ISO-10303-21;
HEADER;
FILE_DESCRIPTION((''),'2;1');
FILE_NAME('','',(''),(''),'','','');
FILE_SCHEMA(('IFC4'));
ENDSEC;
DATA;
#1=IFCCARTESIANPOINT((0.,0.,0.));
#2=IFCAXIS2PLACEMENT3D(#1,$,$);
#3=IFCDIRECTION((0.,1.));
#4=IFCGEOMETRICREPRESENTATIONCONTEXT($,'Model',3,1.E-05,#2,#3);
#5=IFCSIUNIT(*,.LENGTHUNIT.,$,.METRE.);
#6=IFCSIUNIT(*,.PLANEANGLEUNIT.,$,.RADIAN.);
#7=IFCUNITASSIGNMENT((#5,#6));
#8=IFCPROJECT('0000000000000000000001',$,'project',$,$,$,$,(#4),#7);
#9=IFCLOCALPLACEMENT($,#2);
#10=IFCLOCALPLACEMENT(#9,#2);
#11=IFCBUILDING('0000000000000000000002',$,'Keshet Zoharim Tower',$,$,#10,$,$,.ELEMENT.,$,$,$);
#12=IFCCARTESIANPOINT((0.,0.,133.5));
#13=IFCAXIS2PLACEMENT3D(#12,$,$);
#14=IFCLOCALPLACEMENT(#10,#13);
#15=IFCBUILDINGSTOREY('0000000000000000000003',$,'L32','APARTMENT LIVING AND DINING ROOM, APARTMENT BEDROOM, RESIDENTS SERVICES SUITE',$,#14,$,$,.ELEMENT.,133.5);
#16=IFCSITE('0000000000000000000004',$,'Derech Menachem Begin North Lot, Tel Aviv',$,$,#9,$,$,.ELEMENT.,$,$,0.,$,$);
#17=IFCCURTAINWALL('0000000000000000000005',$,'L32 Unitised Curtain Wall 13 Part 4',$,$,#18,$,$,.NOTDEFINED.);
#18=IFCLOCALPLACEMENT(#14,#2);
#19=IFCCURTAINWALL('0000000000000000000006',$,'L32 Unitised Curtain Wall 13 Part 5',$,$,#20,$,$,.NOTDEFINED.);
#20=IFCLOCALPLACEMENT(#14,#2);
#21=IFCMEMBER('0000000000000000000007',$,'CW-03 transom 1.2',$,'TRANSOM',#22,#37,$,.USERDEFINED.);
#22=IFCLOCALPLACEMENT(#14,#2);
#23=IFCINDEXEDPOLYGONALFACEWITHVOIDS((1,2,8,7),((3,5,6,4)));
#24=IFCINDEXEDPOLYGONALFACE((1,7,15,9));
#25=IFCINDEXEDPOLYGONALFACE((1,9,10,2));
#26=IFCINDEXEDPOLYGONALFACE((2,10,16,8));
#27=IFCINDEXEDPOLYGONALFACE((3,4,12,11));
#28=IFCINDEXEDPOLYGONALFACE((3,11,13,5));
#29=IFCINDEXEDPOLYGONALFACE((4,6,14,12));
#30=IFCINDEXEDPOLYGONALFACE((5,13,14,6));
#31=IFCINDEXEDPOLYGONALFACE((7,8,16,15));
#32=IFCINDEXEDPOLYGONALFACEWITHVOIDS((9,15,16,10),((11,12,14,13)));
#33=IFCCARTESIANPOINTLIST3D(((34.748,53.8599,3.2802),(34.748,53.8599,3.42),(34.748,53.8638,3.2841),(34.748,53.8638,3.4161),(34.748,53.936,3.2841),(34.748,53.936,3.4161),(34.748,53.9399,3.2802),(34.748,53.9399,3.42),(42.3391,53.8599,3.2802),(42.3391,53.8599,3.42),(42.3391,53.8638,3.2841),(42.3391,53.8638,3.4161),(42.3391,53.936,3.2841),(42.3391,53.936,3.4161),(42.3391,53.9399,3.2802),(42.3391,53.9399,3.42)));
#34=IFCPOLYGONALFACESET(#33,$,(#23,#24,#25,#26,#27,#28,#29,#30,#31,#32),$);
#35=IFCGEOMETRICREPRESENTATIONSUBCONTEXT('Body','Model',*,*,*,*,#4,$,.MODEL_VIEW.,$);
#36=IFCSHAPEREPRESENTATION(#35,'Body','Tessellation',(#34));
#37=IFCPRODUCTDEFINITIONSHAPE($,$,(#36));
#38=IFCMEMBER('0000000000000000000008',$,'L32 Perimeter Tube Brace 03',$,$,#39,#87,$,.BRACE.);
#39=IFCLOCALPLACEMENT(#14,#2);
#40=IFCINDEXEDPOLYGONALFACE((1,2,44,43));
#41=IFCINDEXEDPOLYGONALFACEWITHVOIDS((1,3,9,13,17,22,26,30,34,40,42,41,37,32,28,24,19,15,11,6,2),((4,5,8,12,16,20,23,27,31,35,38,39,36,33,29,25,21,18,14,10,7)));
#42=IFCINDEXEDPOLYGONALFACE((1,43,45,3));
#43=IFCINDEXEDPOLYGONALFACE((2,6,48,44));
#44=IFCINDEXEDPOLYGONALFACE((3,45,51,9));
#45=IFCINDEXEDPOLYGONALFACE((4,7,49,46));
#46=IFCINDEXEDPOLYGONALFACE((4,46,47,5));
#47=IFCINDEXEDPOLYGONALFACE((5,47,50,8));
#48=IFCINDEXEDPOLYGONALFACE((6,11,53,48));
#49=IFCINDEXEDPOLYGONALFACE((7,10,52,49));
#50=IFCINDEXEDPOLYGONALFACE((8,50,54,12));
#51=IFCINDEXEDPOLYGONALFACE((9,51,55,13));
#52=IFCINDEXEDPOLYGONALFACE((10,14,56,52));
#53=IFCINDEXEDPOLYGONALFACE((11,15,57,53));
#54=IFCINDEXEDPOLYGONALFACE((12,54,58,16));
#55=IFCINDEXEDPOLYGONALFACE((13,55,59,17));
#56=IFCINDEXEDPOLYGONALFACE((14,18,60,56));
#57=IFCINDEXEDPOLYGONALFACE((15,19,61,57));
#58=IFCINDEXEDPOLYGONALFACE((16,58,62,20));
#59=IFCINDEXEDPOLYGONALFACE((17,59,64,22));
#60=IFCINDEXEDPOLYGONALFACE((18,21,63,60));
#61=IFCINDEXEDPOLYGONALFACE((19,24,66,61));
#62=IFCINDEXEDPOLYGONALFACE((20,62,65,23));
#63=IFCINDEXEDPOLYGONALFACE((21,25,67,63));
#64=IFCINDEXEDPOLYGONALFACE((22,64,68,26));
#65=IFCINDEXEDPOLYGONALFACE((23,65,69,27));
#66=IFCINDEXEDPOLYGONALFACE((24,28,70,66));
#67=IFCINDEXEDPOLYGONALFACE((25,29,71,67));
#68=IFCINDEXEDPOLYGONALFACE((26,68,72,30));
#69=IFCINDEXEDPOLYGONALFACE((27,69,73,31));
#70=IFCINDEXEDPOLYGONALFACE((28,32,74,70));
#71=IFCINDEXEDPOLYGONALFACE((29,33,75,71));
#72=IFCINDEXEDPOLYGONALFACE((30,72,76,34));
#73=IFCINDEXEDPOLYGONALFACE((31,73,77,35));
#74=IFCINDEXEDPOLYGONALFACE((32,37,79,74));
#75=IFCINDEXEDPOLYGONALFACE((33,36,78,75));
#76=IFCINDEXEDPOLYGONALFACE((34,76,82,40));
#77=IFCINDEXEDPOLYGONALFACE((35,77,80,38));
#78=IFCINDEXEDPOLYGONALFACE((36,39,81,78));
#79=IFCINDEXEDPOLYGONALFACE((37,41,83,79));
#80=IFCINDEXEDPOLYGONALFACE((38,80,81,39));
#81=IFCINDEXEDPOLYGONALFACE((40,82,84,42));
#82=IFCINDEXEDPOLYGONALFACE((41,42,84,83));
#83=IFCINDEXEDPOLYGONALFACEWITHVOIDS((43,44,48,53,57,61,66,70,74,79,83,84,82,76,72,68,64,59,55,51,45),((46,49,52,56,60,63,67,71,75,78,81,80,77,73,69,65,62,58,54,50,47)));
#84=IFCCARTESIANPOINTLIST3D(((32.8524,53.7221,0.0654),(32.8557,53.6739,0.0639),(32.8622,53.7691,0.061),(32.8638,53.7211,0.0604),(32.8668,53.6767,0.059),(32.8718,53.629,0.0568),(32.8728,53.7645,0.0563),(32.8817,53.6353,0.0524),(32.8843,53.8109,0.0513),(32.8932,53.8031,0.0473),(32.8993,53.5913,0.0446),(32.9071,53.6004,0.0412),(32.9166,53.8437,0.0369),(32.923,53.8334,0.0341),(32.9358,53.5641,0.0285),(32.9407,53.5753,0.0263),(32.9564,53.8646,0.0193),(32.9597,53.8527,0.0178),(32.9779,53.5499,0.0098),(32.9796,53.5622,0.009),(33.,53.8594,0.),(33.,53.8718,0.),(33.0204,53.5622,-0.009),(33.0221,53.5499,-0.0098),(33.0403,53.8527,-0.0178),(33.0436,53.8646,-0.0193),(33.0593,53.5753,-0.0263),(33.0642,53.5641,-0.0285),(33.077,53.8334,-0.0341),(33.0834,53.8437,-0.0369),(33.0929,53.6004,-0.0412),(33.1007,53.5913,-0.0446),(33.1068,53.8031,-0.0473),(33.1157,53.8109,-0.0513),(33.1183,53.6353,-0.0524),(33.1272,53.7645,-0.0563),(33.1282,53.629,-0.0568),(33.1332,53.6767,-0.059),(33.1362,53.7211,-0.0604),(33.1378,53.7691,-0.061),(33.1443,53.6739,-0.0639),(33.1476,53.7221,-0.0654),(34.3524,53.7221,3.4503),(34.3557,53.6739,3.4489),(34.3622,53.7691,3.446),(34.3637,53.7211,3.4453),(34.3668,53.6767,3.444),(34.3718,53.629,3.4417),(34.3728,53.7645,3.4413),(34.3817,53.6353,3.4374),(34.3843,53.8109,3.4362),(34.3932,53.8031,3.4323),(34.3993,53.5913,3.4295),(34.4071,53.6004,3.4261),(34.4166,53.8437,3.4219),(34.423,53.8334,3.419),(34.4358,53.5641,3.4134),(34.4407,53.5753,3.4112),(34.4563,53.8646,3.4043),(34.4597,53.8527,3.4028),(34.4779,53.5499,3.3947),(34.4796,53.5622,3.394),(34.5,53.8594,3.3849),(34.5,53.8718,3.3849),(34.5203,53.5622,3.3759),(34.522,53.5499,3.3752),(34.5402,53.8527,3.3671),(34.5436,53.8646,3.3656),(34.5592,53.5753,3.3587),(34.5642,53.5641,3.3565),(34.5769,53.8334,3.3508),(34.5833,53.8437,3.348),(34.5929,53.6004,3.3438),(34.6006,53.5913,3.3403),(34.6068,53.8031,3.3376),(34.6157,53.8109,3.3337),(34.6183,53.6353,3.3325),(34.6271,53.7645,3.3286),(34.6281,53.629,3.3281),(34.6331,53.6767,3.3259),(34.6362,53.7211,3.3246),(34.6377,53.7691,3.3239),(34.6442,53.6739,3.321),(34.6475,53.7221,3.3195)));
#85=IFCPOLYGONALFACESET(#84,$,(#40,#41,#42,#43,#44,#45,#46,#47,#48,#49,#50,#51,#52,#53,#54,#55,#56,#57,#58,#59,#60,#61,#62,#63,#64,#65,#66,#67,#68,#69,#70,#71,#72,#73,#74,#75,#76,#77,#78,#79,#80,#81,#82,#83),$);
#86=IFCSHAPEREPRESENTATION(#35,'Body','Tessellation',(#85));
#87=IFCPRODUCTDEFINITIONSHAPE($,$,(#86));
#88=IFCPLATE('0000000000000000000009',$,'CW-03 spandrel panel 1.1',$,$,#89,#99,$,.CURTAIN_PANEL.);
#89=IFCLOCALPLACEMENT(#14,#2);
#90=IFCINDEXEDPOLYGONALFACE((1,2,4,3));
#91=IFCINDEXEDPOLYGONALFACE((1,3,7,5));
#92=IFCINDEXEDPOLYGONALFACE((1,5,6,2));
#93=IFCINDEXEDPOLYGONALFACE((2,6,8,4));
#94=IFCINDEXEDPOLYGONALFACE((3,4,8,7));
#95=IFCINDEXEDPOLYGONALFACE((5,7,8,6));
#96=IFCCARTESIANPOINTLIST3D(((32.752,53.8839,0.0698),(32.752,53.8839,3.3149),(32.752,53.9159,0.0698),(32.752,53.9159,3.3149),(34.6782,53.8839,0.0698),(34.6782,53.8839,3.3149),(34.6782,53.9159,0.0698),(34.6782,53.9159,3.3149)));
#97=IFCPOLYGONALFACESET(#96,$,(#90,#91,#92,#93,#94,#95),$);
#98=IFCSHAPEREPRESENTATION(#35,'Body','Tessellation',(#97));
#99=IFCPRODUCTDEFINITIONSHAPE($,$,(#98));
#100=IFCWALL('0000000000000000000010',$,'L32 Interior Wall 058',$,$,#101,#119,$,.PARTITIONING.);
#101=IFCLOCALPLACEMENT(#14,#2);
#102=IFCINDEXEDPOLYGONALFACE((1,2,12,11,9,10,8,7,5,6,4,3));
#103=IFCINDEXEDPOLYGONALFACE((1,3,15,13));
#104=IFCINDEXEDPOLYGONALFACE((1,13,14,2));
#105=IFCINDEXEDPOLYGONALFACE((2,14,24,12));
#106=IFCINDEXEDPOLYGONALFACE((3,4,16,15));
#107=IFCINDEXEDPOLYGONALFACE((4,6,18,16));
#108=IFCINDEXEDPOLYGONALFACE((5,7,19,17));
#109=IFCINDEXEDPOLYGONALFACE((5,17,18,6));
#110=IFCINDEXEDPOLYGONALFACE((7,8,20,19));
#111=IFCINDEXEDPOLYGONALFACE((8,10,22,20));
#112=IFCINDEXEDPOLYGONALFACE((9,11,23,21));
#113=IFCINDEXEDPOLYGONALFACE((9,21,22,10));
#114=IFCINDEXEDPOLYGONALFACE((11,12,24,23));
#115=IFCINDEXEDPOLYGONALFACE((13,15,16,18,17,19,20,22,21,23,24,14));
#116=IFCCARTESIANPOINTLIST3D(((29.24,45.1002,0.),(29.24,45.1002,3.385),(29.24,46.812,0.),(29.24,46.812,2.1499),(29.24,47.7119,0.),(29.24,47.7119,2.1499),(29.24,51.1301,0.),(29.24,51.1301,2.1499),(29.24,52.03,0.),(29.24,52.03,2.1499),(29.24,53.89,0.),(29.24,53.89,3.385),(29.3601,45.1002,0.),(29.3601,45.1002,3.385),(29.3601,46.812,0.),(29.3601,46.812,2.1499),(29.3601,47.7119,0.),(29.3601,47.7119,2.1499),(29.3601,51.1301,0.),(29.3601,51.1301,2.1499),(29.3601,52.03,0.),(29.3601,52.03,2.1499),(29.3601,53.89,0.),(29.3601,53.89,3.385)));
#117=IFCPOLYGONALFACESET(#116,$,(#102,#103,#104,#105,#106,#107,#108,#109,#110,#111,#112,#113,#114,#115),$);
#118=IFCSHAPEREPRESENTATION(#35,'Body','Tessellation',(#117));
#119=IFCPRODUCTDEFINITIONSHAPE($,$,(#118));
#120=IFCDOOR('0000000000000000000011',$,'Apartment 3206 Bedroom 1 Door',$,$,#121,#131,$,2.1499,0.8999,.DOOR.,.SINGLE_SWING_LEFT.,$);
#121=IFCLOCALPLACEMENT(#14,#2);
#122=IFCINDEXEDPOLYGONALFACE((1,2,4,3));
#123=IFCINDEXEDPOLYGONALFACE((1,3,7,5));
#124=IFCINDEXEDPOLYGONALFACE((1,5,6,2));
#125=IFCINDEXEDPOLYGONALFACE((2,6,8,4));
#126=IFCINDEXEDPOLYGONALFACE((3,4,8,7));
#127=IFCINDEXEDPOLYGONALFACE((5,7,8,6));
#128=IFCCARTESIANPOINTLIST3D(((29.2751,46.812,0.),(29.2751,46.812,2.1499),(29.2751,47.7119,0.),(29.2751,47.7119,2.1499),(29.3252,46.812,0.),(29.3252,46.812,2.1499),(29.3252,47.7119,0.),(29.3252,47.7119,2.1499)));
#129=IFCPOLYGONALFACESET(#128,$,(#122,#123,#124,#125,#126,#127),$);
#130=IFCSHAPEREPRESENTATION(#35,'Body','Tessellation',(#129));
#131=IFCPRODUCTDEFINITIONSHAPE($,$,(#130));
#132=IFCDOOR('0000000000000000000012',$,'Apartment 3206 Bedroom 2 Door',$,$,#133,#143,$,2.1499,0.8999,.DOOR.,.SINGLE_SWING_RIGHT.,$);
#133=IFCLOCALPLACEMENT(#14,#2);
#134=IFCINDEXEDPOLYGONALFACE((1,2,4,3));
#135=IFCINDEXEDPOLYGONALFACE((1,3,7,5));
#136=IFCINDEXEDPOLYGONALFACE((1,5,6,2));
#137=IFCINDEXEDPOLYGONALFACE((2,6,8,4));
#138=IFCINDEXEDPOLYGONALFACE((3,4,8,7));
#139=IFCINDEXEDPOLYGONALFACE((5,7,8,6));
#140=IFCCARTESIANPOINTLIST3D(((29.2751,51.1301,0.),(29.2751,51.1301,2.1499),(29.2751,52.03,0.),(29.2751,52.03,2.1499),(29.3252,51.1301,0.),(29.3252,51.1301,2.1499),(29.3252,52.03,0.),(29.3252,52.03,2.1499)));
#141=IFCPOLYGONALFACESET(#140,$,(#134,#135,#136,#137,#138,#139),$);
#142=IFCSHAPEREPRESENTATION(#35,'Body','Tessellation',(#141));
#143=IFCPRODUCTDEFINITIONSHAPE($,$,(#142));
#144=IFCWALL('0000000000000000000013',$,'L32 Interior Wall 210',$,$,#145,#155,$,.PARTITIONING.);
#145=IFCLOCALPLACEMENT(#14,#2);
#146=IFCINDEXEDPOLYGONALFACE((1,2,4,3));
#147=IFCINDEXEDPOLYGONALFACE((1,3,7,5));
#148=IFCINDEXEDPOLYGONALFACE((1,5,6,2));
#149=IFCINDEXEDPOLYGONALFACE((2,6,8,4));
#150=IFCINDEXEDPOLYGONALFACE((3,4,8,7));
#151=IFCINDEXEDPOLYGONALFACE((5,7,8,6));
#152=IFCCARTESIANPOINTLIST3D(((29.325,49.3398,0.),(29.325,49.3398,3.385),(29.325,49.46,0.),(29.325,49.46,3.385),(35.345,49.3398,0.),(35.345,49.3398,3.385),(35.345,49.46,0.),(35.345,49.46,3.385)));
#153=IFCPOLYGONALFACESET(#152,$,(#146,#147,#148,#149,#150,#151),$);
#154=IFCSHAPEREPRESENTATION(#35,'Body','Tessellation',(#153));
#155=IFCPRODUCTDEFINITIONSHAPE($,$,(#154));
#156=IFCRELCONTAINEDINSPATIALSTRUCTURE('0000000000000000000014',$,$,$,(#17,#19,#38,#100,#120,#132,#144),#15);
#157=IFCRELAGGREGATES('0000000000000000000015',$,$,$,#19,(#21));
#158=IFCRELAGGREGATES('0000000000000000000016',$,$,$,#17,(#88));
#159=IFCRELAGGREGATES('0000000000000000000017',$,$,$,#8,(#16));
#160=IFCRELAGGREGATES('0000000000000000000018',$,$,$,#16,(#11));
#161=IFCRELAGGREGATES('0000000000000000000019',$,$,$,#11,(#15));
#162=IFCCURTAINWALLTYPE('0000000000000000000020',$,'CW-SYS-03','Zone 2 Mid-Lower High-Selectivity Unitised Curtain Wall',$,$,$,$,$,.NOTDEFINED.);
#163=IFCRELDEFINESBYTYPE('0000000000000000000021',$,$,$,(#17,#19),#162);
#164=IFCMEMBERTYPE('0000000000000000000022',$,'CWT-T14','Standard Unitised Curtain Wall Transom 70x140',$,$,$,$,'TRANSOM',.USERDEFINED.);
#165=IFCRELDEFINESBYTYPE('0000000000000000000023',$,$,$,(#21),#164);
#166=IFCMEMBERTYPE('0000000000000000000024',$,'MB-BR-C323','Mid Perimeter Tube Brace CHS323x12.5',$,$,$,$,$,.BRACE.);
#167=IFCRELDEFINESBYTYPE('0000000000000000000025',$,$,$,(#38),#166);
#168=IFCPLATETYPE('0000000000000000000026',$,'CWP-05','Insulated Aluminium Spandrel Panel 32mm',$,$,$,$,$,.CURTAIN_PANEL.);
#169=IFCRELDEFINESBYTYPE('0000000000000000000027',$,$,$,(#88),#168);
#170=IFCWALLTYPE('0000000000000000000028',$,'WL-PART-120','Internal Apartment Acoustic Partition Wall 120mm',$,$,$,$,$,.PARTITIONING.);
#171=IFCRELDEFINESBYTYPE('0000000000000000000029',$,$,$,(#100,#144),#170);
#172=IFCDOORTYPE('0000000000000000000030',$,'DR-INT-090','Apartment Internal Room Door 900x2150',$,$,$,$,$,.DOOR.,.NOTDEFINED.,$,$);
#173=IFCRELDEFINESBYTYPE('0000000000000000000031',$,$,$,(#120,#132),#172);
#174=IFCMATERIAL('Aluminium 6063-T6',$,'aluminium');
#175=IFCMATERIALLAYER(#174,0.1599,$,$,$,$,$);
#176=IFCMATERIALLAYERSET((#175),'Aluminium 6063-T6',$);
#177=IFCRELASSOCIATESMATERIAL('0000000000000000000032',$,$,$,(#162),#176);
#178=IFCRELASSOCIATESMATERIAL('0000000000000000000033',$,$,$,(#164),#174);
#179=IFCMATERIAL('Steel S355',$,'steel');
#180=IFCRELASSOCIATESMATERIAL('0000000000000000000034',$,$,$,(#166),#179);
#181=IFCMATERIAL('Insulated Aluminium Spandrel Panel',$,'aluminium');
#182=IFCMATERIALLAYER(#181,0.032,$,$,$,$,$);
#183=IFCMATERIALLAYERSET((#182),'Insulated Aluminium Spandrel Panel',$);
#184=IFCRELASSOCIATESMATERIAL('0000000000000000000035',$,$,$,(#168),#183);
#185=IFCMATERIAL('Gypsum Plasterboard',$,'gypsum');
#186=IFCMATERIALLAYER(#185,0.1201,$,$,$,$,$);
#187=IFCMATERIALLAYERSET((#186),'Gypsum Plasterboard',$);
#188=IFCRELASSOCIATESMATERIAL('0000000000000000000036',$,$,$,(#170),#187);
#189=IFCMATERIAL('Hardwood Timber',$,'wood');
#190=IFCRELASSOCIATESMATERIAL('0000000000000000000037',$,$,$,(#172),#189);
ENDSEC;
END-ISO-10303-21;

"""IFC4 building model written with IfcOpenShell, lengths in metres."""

from ifc_helpers import new_model, si_unit, direction, frame, frame_2d, origin, origin_2d, place, context, subcontext, project, spatial, rectangle, hollow_rectangle, hollow_circle, extrude, material, layer, layer_set, material_profile, profile_set, type_object, element, fill, aggregate, save


model = new_model("IFC4")

# Units and contexts
model_context = context("Model", 3, precision=1e-05, world=origin(), true_north=direction((0.0, 1.0)))
body_context = subcontext(model_context, "Body", "Model", "MODEL_VIEW")
ifc_project = project(units=[si_unit("LENGTHUNIT", "METRE"), si_unit("PLANEANGLEUNIT", "RADIAN")], contexts=[model_context])

# Site, building, storey
site_placement = place(None, origin())
site = spatial("IfcSite", under=ifc_project, at=site_placement, Name="Derech Menachem Begin North Lot, Tel Aviv", CompositionType="ELEMENT", RefElevation=0.0)
building_placement = place(site_placement, origin())
building = spatial("IfcBuilding", under=site, at=building_placement, Name="Keshet Zoharim Tower", CompositionType="ELEMENT")
storey_placement = place(building_placement, frame((0.0, 0.0, 133.5)))
storey = spatial("IfcBuildingStorey", under=building, at=storey_placement, Name="L32", Description="APARTMENT LIVING AND DINING ROOM, APARTMENT BEDROOM, RESIDENTS SERVICES SUITE", CompositionType="ELEMENT", Elevation=133.5)

# Shared definitions
ifc_material_1 = material(Name="Steel S355", Category="steel")

# Shared definitions
ifc_material_2 = material(Name="Aluminium 6063-T6", Category="aluminium")
ifc_layer_1 = layer(ifc_material_2, 0.1599)
ifc_layer_set_1 = layer_set([ifc_layer_1], Name="Aluminium 6063-T6")
curtain_wall_type = type_object("IfcCurtainWallType", Name="CW-SYS-03", Description="Zone 2 Mid-Lower High-Selectivity Unitised Curtain Wall", PredefinedType="NOTDEFINED", material=ifc_layer_set_1)

# Curtain walls, member
curtain_wall_1_placement = place(storey_placement, origin())
curtain_wall_1 = element("IfcCurtainWall", 1, at=curtain_wall_1_placement, inside=storey, type_object=curtain_wall_type, Name="L32 Unitised Curtain Wall 13 Part 4", PredefinedType="NOTDEFINED")
ifc_material_profile_1 = material_profile(ifc_material_2, hollow_rectangle(XDim=0.0801, YDim=0.1399, WallThickness=0.0039, at=origin_2d()), Name="TRN-80x140")
ifc_profile_set_1 = profile_set([ifc_material_profile_1], Name="Aluminium 6063-T6")
member_type_1 = type_object("IfcMemberType", Name="CWT-T14", Description="Standard Unitised Curtain Wall Transom 70x140", ElementType="TRANSOM", PredefinedType="USERDEFINED", material=ifc_profile_set_1)
curtain_wall_2_placement = place(storey_placement, origin())
curtain_wall_2 = element("IfcCurtainWall", 2, at=curtain_wall_2_placement, inside=storey, type_object=curtain_wall_type, Name="L32 Unitised Curtain Wall 13 Part 5", PredefinedType="NOTDEFINED")
member_1_placement = place(storey_placement, frame((34.748, 53.8999, 3.3501), z_axis=(1.0, 0.0, 0.0), x_axis=(0.0, 1.0, 0.0)))
member_1 = element("IfcMember", 3, at=member_1_placement, type_object=member_type_1, Name="CW-03 transom 1.2", ObjectType="TRANSOM", PredefinedType="USERDEFINED", context=body_context, shape_type="SweptSolid", body=[
    extrude(hollow_rectangle(XDim=0.0801, YDim=0.1399, WallThickness=0.0039, at=origin_2d()), origin(), (0.0, 0.0, 1.0), 7.5911),
])
aggregate(curtain_wall_2, [member_1])

# Member
ifc_material_profile_2 = material_profile(ifc_material_1, hollow_circle(Radius=0.1619, WallThickness=0.0125, at=origin_2d()), Name="CHS323x12.5")
ifc_profile_set_2 = profile_set([ifc_material_profile_2], Name="Steel S355")
member_type_2 = type_object("IfcMemberType", Name="MB-BR-C323", Description="Mid Perimeter Tube Brace CHS323x12.5", PredefinedType="BRACE", material=ifc_profile_set_2)
member_2_placement = place(storey_placement, frame((33.0, 53.71, 0.0), z_axis=(0.405135, 0.0, 0.914257), x_axis=(0.0, 1.0, 0.0)))
element("IfcMember", 4, at=member_2_placement, inside=storey, type_object=member_type_2, Name="L32 Perimeter Tube Brace 03", PredefinedType="BRACE", context=body_context, shape_type="SweptSolid", body=[
    extrude(hollow_circle(Radius=0.1619, WallThickness=0.0125, at=origin_2d()), origin(), (0.0, 0.0, 1.0), 3.7024),
])

# Plate
ifc_material_3 = material(Name="Insulated Aluminium Spandrel Panel", Category="aluminium")
ifc_layer_2 = layer(ifc_material_3, 0.032)
ifc_layer_set_2 = layer_set([ifc_layer_2], Name="Insulated Aluminium Spandrel Panel")
plate_type = type_object("IfcPlateType", Name="CWP-05", Description="Insulated Aluminium Spandrel Panel 32mm", PredefinedType="CURTAIN_PANEL", material=ifc_layer_set_2)
plate_placement = place(storey_placement, frame((33.7151, 53.8999, 0.0698), z_axis=(0.0, 0.0, 1.0), x_axis=(1.0, 0.0, 0.0)))
plate = element("IfcPlate", 5, at=plate_placement, type_object=plate_type, Name="CW-03 spandrel panel 1.1", PredefinedType="CURTAIN_PANEL", context=body_context, shape_type="SweptSolid", body=[
    extrude(rectangle(XDim=1.9263, YDim=0.032, at=origin_2d()), origin(), (0.0, 0.0, 1.0), 3.2451),
])
aggregate(curtain_wall_1, [plate])

# Wall, openings, doors
ifc_material_4 = material(Name="Gypsum Plasterboard", Category="gypsum")
ifc_layer_3 = layer(ifc_material_4, 0.1201)
ifc_layer_set_3 = layer_set([ifc_layer_3], Name="Gypsum Plasterboard")
wall_type_1 = type_object("IfcWallType", Name="WL-PART-120", Description="Internal Apartment Acoustic Partition Wall 120mm", PredefinedType="PARTITIONING", material=ifc_layer_set_3)
wall_1_placement = place(storey_placement, frame((29.3, 45.1001, 0.0), z_axis=(0.0, 0.0, 1.0), x_axis=(0.0, 1.0, 0.0)))
wall_1 = element("IfcWall", 6, at=wall_1_placement, inside=storey, type_object=wall_type_1, Name="L32 Interior Wall 058", PredefinedType="PARTITIONING", context=body_context, shape_type="SweptSolid", body=[
    extrude(rectangle(XDim=8.7898, YDim=0.1201, at=frame_2d((4.395, 0.0))), origin(), (0.0, 0.0, 1.0), 3.385),
])
opening_1_placement = place(wall_1_placement, frame((1.7119, 0.0, 0.0)))
opening_1 = element("IfcOpeningElement", 7, at=opening_1_placement, cuts=wall_1, PredefinedType="OPENING", context=body_context, shape_type="SweptSolid", body=[
    extrude(rectangle(XDim=0.8999, YDim=2.1499, at=frame_2d((0.45, 1.075))), frame((0.0, 0.0701, 0.0), z_axis=(0.0, -1.0, 0.0), x_axis=(1.0, 0.0, 0.0)), (0.0, 0.0, 1.0), 0.1401),
])
opening_2_placement = place(wall_1_placement, frame((6.03, 0.0, 0.0)))
opening_2 = element("IfcOpeningElement", 8, at=opening_2_placement, cuts=wall_1, PredefinedType="OPENING", context=body_context, shape_type="SweptSolid", body=[
    extrude(rectangle(XDim=0.8999, YDim=2.1499, at=frame_2d((0.45, 1.075))), frame((0.0, 0.0701, 0.0), z_axis=(0.0, -1.0, 0.0), x_axis=(1.0, 0.0, 0.0)), (0.0, 0.0, 1.0), 0.1401),
])
ifc_material_5 = material(Name="Hardwood Timber", Category="wood")
door_type_1 = type_object("IfcDoorType", Name="DR-INT-090", Description="Apartment Internal Room Door 900x2150", OperationType="NOTDEFINED", PredefinedType="DOOR", material=ifc_material_5)
door_1_placement = place(opening_1_placement, origin())
door_1 = element("IfcDoor", 9, at=door_1_placement, inside=storey, type_object=door_type_1, Name="Apartment 3206 Bedroom 1 Door", OperationType="SINGLE_SWING_LEFT", OverallHeight=2.1499, OverallWidth=0.8999, PredefinedType="DOOR", context=body_context, shape_type="SweptSolid", body=[
    extrude(rectangle(XDim=0.8999, YDim=2.1499, at=frame_2d((0.45, 1.075))), frame((0.0, 0.0249, 0.0), z_axis=(0.0, -1.0, 0.0), x_axis=(1.0, 0.0, 0.0)), (0.0, 0.0, 1.0), 0.05),
])
fill(opening_1, door_1)
door_2_placement = place(opening_2_placement, origin())
door_2 = element("IfcDoor", 10, at=door_2_placement, inside=storey, type_object=door_type_1, Name="Apartment 3206 Bedroom 2 Door", OperationType="SINGLE_SWING_RIGHT", OverallHeight=2.1499, OverallWidth=0.8999, PredefinedType="DOOR", context=body_context, shape_type="SweptSolid", body=[
    extrude(rectangle(XDim=0.8999, YDim=2.1499, at=frame_2d((0.45, 1.075))), frame((0.0, 0.0249, 0.0), z_axis=(0.0, -1.0, 0.0), x_axis=(1.0, 0.0, 0.0)), (0.0, 0.0, 1.0), 0.05),
])
fill(opening_2, door_2)

# Wall
wall_2_placement = place(storey_placement, frame((29.325, 49.3999, 0.0), z_axis=(0.0, 0.0, 1.0), x_axis=(1.0, 0.0, 0.0)))
element("IfcWall", 11, at=wall_2_placement, inside=storey, type_object=wall_type_1, Name="L32 Interior Wall 210", PredefinedType="PARTITIONING", context=body_context, shape_type="SweptSolid", body=[
    extrude(rectangle(XDim=6.02, YDim=0.1201, at=frame_2d((3.01, 0.0))), origin(), (0.0, 0.0, 1.0), 3.385),
])

save(model, "model.ifc")
